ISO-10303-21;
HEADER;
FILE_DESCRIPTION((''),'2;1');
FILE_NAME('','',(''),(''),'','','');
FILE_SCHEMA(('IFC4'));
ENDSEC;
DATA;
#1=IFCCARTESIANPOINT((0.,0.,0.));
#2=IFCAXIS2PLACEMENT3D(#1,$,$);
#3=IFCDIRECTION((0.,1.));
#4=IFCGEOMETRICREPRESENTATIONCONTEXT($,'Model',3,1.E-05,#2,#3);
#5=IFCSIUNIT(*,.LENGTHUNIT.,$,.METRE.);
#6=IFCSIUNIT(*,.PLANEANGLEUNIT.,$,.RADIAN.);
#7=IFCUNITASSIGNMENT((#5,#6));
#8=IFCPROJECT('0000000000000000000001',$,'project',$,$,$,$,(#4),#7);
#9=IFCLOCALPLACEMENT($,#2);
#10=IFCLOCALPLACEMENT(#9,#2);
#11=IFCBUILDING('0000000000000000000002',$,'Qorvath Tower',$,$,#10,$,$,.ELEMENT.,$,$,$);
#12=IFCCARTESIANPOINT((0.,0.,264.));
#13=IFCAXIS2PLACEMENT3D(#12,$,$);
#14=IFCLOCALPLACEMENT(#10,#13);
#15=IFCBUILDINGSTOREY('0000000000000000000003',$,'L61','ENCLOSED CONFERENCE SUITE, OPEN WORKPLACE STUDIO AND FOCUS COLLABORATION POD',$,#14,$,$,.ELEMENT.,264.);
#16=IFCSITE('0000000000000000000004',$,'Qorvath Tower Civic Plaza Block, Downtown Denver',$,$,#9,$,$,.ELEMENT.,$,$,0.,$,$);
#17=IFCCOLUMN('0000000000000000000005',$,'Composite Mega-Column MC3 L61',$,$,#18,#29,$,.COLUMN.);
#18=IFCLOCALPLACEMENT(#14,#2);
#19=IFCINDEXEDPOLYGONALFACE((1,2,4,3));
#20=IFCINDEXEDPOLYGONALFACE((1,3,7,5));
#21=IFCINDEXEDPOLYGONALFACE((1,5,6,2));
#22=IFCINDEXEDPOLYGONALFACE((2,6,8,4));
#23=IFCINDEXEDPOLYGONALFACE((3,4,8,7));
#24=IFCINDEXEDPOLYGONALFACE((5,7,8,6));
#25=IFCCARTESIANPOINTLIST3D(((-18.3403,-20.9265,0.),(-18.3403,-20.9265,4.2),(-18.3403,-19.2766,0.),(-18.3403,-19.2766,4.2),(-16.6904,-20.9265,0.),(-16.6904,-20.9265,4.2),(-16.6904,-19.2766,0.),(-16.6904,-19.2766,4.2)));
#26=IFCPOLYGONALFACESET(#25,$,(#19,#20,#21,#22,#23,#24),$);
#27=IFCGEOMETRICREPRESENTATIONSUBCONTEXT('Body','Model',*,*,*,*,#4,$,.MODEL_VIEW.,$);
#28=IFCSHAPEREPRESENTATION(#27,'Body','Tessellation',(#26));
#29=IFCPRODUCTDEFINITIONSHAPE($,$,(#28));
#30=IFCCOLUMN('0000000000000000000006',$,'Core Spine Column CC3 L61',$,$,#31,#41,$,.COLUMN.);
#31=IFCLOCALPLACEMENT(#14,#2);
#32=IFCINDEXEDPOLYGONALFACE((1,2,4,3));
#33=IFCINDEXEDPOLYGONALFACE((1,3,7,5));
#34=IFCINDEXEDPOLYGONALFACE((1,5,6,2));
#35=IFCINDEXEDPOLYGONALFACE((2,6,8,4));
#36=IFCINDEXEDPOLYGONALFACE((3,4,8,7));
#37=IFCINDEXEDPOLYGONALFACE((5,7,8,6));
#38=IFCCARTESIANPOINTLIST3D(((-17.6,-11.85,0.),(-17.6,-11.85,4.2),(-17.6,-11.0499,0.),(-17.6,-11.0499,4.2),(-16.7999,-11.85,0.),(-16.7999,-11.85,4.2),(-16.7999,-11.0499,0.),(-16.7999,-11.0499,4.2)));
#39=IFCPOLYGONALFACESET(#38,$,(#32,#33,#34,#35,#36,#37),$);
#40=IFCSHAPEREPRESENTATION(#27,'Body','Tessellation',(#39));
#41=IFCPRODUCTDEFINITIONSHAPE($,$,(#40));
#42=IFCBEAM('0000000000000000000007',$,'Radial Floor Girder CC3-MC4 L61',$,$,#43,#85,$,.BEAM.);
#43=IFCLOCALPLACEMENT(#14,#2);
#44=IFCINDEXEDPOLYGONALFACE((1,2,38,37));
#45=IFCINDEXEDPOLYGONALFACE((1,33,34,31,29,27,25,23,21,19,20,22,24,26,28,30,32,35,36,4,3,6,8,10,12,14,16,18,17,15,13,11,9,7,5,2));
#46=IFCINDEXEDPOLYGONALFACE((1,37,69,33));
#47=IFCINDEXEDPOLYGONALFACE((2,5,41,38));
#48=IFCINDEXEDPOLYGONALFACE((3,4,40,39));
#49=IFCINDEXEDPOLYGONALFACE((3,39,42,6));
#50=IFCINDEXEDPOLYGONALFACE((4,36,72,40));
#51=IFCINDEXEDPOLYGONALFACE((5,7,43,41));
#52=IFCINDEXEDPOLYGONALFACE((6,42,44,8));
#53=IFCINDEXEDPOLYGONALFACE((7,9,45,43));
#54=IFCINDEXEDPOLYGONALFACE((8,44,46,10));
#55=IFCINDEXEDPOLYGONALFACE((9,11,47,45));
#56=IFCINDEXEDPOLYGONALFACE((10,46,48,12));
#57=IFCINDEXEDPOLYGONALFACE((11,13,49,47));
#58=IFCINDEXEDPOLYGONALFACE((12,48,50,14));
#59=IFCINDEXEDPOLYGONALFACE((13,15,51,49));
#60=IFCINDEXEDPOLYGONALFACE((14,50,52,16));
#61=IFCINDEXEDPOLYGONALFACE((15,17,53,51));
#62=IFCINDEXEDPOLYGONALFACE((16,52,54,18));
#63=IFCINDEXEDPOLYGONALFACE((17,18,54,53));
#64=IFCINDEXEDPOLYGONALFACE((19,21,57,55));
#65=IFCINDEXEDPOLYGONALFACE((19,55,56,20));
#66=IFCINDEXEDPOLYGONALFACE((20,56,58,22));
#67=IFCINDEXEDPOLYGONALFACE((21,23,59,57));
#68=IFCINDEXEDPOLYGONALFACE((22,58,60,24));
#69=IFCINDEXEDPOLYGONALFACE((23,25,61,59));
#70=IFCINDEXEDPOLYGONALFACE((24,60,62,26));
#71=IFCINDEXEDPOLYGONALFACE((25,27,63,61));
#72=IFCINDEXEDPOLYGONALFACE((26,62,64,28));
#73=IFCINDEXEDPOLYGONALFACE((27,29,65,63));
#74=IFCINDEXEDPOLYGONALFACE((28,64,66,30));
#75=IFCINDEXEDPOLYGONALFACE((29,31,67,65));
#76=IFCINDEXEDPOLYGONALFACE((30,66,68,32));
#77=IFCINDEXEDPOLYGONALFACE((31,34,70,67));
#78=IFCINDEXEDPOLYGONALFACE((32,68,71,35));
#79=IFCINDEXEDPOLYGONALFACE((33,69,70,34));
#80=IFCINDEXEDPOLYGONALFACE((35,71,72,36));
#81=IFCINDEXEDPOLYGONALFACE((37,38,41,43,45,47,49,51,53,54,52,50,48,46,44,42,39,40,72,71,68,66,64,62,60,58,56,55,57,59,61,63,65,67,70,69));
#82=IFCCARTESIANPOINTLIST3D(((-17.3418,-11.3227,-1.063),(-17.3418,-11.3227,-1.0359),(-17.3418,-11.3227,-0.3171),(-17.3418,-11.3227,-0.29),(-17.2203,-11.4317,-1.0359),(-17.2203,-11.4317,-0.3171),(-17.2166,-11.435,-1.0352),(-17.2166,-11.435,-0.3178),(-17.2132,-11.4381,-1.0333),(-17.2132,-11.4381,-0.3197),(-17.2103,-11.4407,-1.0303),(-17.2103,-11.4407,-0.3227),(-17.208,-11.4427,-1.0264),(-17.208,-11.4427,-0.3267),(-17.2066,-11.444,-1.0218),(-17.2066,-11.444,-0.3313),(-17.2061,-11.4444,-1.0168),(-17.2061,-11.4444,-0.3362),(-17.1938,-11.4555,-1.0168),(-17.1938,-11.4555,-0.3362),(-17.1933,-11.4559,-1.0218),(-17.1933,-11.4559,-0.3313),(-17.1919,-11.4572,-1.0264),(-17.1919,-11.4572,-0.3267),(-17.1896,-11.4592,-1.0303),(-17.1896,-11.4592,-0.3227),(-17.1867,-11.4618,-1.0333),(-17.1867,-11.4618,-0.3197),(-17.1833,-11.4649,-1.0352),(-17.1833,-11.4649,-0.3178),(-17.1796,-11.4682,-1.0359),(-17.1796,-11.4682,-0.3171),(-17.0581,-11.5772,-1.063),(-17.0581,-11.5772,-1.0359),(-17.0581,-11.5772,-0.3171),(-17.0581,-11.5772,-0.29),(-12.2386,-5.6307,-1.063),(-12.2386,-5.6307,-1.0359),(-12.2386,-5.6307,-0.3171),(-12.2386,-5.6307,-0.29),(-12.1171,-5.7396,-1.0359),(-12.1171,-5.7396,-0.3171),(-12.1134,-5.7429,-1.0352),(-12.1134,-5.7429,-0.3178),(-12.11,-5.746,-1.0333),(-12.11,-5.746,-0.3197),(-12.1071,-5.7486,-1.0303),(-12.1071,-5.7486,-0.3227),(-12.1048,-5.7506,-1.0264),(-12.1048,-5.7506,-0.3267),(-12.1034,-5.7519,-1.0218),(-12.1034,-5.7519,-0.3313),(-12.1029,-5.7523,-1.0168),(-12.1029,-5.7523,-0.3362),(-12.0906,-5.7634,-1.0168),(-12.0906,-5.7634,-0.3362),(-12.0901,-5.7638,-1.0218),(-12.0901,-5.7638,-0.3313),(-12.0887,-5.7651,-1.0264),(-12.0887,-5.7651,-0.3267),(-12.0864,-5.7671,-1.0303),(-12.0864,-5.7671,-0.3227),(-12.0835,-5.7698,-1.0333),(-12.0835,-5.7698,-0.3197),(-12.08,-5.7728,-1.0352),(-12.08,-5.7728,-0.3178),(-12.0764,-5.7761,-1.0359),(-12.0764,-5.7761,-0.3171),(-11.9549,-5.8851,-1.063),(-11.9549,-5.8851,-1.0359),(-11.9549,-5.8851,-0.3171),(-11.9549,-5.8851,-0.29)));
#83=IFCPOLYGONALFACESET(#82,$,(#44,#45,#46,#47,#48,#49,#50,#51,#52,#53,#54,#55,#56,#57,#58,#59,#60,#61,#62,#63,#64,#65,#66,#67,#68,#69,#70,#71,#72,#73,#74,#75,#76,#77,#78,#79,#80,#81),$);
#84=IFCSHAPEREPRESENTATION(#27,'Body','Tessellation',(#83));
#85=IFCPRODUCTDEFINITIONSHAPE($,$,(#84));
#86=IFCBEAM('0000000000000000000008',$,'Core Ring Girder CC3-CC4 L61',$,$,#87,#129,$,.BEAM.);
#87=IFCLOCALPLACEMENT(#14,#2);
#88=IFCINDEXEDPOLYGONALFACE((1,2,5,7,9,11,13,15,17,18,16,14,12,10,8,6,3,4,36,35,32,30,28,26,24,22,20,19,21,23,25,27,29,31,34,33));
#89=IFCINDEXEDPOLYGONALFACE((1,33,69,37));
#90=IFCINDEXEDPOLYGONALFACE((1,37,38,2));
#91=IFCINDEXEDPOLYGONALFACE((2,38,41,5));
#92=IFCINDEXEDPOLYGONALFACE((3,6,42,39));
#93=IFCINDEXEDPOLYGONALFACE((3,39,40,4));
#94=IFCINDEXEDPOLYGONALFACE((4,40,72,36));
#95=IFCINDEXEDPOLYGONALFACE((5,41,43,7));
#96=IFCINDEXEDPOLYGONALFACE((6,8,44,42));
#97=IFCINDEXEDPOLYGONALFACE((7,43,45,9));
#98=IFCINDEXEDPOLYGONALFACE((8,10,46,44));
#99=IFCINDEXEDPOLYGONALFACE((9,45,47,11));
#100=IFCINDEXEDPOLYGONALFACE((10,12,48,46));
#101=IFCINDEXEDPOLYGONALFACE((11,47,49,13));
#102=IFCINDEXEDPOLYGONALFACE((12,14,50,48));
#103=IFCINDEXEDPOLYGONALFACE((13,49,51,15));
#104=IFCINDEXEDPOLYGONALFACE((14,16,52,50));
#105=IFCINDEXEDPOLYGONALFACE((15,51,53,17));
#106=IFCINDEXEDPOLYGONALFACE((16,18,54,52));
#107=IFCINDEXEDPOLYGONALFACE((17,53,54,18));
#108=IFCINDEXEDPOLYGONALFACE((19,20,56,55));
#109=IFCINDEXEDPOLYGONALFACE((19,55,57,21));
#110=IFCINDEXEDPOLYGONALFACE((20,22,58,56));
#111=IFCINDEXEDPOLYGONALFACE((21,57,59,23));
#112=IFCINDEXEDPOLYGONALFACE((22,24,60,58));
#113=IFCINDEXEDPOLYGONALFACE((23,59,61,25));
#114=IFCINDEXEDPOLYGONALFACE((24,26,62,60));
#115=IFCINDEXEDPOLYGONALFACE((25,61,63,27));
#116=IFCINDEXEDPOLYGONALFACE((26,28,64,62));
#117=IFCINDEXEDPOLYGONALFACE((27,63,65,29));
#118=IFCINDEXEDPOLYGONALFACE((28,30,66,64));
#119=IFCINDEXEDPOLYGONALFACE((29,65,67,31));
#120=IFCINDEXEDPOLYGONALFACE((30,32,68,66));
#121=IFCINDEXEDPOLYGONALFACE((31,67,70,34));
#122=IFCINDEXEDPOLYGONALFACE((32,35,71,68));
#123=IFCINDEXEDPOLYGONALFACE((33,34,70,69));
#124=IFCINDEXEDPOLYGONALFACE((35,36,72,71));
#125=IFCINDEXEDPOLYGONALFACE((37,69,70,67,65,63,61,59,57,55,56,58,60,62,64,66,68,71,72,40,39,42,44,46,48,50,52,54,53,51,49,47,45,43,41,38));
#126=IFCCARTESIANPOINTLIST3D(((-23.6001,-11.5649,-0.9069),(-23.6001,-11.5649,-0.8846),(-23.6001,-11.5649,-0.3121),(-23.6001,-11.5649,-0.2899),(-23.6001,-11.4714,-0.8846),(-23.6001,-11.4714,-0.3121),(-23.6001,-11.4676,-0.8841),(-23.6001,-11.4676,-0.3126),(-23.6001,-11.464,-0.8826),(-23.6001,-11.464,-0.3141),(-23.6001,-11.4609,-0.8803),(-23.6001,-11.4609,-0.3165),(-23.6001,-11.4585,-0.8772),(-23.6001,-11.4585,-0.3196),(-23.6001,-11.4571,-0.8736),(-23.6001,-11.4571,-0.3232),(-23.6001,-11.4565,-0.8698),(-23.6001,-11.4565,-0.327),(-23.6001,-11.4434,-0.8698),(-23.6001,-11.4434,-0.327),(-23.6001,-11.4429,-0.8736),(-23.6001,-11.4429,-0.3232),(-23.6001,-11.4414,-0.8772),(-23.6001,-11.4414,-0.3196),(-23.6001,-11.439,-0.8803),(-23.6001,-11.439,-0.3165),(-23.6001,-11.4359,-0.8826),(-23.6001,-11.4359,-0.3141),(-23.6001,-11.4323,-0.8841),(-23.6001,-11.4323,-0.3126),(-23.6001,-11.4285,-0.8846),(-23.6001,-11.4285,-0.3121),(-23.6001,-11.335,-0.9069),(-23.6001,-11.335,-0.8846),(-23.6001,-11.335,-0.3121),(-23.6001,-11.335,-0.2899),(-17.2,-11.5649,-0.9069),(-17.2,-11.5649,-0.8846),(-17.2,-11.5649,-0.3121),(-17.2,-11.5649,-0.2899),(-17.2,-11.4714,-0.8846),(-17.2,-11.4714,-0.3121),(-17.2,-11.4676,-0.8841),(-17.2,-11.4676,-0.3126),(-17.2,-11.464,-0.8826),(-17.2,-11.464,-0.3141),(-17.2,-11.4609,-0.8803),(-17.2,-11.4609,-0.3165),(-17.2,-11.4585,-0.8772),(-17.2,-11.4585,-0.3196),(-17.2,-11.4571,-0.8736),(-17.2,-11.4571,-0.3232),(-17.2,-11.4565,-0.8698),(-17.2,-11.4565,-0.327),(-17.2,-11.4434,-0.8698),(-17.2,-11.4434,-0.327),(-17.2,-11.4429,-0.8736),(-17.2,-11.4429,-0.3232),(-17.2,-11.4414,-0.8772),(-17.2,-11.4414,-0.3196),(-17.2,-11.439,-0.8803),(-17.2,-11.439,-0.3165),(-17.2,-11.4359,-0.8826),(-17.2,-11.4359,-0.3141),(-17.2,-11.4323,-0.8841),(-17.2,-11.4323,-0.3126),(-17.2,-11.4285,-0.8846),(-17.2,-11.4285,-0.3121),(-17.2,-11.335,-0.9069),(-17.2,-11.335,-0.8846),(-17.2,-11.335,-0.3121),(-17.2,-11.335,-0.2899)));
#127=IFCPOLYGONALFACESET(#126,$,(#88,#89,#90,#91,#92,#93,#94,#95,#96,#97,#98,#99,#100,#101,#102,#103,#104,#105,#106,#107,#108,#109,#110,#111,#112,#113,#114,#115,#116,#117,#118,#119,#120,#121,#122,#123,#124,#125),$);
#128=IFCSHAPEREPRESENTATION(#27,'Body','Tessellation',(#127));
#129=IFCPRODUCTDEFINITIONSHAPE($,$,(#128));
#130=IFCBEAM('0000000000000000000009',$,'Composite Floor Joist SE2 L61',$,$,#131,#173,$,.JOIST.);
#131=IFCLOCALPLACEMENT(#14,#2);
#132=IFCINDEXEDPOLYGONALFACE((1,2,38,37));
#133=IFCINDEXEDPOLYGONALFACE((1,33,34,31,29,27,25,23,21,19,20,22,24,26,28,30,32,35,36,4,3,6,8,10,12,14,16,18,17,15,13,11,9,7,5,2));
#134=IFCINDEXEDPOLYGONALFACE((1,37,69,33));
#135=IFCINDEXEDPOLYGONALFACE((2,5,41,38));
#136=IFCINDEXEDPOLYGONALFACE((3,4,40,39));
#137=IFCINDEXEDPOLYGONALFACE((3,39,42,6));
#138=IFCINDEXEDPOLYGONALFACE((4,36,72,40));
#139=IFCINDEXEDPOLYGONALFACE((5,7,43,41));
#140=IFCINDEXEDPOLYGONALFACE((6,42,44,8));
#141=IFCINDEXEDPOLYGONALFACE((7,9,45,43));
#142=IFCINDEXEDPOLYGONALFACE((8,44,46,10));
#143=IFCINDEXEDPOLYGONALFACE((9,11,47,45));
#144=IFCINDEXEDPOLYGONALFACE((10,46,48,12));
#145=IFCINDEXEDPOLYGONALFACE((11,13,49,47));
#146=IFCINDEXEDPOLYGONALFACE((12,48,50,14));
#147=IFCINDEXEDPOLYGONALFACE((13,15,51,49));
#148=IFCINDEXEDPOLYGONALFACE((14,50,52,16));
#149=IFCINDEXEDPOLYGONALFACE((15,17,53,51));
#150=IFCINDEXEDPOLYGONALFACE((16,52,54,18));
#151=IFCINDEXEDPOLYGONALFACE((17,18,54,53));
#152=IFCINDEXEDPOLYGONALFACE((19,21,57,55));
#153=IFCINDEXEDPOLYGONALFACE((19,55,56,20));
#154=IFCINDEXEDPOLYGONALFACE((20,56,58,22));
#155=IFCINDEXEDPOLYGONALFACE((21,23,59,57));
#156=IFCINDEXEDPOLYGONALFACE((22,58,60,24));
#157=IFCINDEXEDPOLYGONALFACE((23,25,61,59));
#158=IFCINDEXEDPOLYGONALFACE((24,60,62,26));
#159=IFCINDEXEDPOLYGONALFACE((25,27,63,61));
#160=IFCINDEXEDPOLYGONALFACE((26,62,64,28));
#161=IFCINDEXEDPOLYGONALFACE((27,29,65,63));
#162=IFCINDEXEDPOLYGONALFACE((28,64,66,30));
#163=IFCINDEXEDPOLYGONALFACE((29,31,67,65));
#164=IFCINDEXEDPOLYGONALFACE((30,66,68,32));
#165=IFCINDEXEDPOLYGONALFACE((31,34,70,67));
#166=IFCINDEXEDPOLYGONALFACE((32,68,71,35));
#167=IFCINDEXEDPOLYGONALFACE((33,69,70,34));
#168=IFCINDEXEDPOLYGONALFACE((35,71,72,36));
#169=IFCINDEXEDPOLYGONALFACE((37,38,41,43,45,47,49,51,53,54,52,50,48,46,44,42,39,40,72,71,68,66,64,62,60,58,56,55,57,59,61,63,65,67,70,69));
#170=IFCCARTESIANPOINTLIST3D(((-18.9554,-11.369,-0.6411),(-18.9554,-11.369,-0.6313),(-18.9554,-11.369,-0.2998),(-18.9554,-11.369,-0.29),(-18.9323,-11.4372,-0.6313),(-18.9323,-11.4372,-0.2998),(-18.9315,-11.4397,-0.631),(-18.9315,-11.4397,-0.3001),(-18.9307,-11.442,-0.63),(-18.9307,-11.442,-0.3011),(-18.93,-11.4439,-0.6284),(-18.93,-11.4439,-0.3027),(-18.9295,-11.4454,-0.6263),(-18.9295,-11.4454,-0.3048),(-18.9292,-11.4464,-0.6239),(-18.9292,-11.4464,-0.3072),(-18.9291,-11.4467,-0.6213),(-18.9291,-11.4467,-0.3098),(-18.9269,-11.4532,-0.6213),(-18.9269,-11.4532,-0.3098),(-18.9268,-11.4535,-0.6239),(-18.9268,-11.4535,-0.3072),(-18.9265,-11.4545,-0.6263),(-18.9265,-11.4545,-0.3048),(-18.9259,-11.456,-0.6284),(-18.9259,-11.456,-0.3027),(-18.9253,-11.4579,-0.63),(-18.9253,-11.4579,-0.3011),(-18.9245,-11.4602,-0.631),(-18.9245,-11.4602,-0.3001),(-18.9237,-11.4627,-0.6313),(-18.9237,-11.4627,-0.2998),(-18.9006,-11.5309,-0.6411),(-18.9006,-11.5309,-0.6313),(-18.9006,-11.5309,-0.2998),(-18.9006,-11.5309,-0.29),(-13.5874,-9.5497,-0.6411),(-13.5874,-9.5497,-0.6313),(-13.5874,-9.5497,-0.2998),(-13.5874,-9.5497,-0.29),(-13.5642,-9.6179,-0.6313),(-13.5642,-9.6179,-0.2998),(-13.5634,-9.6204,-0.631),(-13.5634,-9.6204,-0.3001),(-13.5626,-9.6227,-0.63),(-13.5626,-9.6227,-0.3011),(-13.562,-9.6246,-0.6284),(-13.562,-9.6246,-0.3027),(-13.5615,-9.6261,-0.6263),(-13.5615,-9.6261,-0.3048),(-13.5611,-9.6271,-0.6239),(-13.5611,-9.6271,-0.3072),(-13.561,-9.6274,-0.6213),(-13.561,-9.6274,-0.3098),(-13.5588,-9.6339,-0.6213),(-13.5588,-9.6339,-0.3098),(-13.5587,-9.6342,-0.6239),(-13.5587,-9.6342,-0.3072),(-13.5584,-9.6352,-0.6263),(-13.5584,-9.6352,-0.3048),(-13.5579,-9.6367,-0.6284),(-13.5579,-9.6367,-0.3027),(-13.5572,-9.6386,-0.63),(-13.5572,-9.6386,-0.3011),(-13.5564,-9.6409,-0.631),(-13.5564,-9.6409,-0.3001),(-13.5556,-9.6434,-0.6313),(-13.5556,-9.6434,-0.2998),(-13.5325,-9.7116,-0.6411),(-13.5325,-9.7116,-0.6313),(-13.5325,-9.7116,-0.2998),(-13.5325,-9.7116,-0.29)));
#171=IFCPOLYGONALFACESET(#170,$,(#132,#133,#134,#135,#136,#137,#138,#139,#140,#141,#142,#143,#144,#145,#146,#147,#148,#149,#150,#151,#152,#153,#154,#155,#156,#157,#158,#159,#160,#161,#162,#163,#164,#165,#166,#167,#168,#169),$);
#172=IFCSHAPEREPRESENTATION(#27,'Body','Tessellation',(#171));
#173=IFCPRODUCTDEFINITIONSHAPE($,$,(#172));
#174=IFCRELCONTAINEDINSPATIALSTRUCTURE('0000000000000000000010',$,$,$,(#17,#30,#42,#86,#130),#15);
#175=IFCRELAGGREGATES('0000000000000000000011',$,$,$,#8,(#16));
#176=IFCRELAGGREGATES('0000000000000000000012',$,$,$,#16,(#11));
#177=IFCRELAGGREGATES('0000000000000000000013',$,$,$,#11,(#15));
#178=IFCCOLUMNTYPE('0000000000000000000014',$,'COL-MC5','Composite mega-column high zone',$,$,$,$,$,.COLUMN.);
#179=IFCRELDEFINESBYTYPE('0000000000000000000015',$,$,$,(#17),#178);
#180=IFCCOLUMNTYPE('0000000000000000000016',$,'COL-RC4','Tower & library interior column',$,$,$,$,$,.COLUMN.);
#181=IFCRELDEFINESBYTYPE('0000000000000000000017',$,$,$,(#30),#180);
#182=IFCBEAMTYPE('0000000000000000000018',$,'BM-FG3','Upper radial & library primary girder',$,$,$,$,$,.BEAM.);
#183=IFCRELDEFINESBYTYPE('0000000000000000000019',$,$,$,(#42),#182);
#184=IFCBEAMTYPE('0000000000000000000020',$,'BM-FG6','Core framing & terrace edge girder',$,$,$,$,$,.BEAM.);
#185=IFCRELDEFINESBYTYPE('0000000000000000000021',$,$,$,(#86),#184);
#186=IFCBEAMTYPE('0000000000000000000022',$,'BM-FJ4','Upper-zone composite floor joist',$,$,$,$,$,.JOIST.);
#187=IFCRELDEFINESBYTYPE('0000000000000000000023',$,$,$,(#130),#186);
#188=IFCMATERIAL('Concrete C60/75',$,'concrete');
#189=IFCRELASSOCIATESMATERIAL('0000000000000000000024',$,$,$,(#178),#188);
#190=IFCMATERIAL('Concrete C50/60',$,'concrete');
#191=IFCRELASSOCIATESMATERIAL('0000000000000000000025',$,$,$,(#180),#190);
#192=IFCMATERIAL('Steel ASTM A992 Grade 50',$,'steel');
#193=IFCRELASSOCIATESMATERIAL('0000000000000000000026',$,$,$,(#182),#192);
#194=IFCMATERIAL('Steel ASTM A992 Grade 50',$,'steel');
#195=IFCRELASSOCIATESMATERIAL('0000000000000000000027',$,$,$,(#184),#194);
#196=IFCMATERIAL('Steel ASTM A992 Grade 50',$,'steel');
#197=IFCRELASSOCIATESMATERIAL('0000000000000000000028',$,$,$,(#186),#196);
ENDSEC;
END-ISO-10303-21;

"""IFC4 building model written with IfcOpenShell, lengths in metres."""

from ifc_helpers import new_model, si_unit, direction, frame, origin, origin_2d, place, context, subcontext, project, spatial, rectangle, i_section, extrude, material, material_profile, profile_set, type_object, element, save


model = new_model("IFC4")

# Units and contexts
model_context = context("Model", 3, precision=1e-05, world=origin(), true_north=direction((0.0, 1.0)))
body_context = subcontext(model_context, "Body", "Model", "MODEL_VIEW")
ifc_project = project(units=[si_unit("LENGTHUNIT", "METRE"), si_unit("PLANEANGLEUNIT", "RADIAN")], contexts=[model_context])

# Site, building, storey
site_placement = place(None, origin())
site = spatial("IfcSite", under=ifc_project, at=site_placement, Name="Qorvath Tower Civic Plaza Block, Downtown Denver", CompositionType="ELEMENT", RefElevation=0.0)
building_placement = place(site_placement, origin())
building = spatial("IfcBuilding", under=site, at=building_placement, Name="Qorvath Tower", CompositionType="ELEMENT")
storey_placement = place(building_placement, frame((0.0, 0.0, 264.0)))
storey = spatial("IfcBuildingStorey", under=building, at=storey_placement, Name="L61", Description="ENCLOSED CONFERENCE SUITE, OPEN WORKPLACE STUDIO AND FOCUS COLLABORATION POD", CompositionType="ELEMENT", Elevation=264.0)

# Columns
ifc_material_1 = material(Name="Concrete C60/75", Category="concrete")
ifc_material_profile_1 = material_profile(ifc_material_1, rectangle(XDim=1.6499, YDim=1.6499, at=origin_2d()), Name="MC 1650x1650")
ifc_profile_set_1 = profile_set([ifc_material_profile_1], Name="Concrete C60/75")
column_type_1 = type_object("IfcColumnType", Name="COL-MC5", Description="Composite mega-column high zone", PredefinedType="COLUMN", material=ifc_profile_set_1)
column_1_placement = place(storey_placement, frame((-17.5154, -20.1016, 0.0), z_axis=(0.0, 0.0, 1.0), x_axis=(1.0, 0.0, 0.0)))
element("IfcColumn", 1, at=column_1_placement, inside=storey, type_object=column_type_1, Name="Composite Mega-Column MC3 L61", PredefinedType="COLUMN", context=body_context, shape_type="SweptSolid", body=[
    extrude(rectangle(XDim=1.6499, YDim=1.6499, at=origin_2d()), origin(), (0.0, 0.0, 1.0), 4.2),
])
ifc_material_2 = material(Name="Concrete C50/60", Category="concrete")
ifc_material_profile_2 = material_profile(ifc_material_2, rectangle(XDim=0.8, YDim=0.8, at=origin_2d()), Name="RC 800x800")
ifc_profile_set_2 = profile_set([ifc_material_profile_2], Name="Concrete C50/60")
column_type_2 = type_object("IfcColumnType", Name="COL-RC4", Description="Tower & library interior column", PredefinedType="COLUMN", material=ifc_profile_set_2)
column_2_placement = place(storey_placement, frame((-17.2, -11.45, 0.0), z_axis=(0.0, 0.0, 1.0), x_axis=(1.0, 0.0, 0.0)))
element("IfcColumn", 2, at=column_2_placement, inside=storey, type_object=column_type_2, Name="Core Spine Column CC3 L61", PredefinedType="COLUMN", context=body_context, shape_type="SweptSolid", body=[
    extrude(rectangle(XDim=0.8, YDim=0.8, at=origin_2d()), origin(), (0.0, 0.0, 1.0), 4.2),
])

# Beams
ifc_material_3 = material(Name="Steel ASTM A992 Grade 50", Category="steel")
ifc_material_profile_3 = material_profile(ifc_material_3, i_section(OverallWidth=0.3811, OverallDepth=0.7729, WebThickness=0.0166, FlangeThickness=0.0271, FilletRadius=0.019, at=origin_2d()), Name="W30x173")
ifc_profile_set_3 = profile_set([ifc_material_profile_3], Name="Steel ASTM A992 Grade 50")
beam_type_1 = type_object("IfcBeamType", Name="BM-FG3", Description="Upper radial & library primary girder", PredefinedType="BEAM", material=ifc_profile_set_3)
beam_1_placement = place(storey_placement, frame((-17.2, -11.45, -0.6765), z_axis=(0.667543, 0.744571, 0.0), x_axis=(-0.744571, 0.667543, 0.0)))
element("IfcBeam", 3, at=beam_1_placement, inside=storey, type_object=beam_type_1, Name="Radial Floor Girder CC3-MC4 L61", PredefinedType="BEAM", context=body_context, shape_type="SweptSolid", body=[
    extrude(i_section(OverallWidth=0.3811, OverallDepth=0.7729, WebThickness=0.0166, FlangeThickness=0.0271, FilletRadius=0.019, at=origin_2d()), origin(), (0.0, 0.0, 1.0), 7.6448),
])
ifc_material_4 = material(Name="Steel ASTM A992 Grade 50", Category="steel")
ifc_material_profile_4 = material_profile(ifc_material_4, i_section(OverallWidth=0.23, OverallDepth=0.6169, WebThickness=0.0132, FlangeThickness=0.0222, FilletRadius=0.0149, at=origin_2d()), Name="W24x94")
ifc_profile_set_4 = profile_set([ifc_material_profile_4], Name="Steel ASTM A992 Grade 50")
beam_type_2 = type_object("IfcBeamType", Name="BM-FG6", Description="Core framing & terrace edge girder", PredefinedType="BEAM", material=ifc_profile_set_4)
beam_2_placement = place(storey_placement, frame((-17.2, -11.45, -0.5984), z_axis=(-1.0, 0.0, 0.0), x_axis=(0.0, -1.0, 0.0)))
element("IfcBeam", 4, at=beam_2_placement, inside=storey, type_object=beam_type_2, Name="Core Ring Girder CC3-CC4 L61", PredefinedType="BEAM", context=body_context, shape_type="SweptSolid", body=[
    extrude(i_section(OverallWidth=0.23, OverallDepth=0.6169, WebThickness=0.0132, FlangeThickness=0.0222, FilletRadius=0.0149, at=origin_2d()), origin(), (0.0, 0.0, 1.0), 6.4001),
])
ifc_material_5 = material(Name="Steel ASTM A992 Grade 50", Category="steel")
ifc_material_profile_5 = material_profile(ifc_material_5, i_section(OverallWidth=0.1709, OverallDepth=0.3511, WebThickness=0.0068, FlangeThickness=0.0098, FilletRadius=0.01, at=origin_2d()), Name="W14x30")
ifc_profile_set_5 = profile_set([ifc_material_profile_5], Name="Steel ASTM A992 Grade 50")
beam_type_3 = type_object("IfcBeamType", Name="BM-FJ4", Description="Upper-zone composite floor joist", PredefinedType="JOIST", material=ifc_profile_set_5)
beam_3_placement = place(storey_placement, frame((-18.928, -11.45, -0.4656), z_axis=(0.947086, 0.320979, 0.0), x_axis=(-0.320979, 0.947086, 0.0)))
element("IfcBeam", 5, at=beam_3_placement, inside=storey, type_object=beam_type_3, Name="Composite Floor Joist SE2 L61", PredefinedType="JOIST", context=body_context, shape_type="SweptSolid", body=[
    extrude(i_section(OverallWidth=0.1709, OverallDepth=0.3511, WebThickness=0.0068, FlangeThickness=0.0098, FilletRadius=0.01, at=origin_2d()), origin(), (0.0, 0.0, 1.0), 5.668),
])

save(model, "model.ifc")
